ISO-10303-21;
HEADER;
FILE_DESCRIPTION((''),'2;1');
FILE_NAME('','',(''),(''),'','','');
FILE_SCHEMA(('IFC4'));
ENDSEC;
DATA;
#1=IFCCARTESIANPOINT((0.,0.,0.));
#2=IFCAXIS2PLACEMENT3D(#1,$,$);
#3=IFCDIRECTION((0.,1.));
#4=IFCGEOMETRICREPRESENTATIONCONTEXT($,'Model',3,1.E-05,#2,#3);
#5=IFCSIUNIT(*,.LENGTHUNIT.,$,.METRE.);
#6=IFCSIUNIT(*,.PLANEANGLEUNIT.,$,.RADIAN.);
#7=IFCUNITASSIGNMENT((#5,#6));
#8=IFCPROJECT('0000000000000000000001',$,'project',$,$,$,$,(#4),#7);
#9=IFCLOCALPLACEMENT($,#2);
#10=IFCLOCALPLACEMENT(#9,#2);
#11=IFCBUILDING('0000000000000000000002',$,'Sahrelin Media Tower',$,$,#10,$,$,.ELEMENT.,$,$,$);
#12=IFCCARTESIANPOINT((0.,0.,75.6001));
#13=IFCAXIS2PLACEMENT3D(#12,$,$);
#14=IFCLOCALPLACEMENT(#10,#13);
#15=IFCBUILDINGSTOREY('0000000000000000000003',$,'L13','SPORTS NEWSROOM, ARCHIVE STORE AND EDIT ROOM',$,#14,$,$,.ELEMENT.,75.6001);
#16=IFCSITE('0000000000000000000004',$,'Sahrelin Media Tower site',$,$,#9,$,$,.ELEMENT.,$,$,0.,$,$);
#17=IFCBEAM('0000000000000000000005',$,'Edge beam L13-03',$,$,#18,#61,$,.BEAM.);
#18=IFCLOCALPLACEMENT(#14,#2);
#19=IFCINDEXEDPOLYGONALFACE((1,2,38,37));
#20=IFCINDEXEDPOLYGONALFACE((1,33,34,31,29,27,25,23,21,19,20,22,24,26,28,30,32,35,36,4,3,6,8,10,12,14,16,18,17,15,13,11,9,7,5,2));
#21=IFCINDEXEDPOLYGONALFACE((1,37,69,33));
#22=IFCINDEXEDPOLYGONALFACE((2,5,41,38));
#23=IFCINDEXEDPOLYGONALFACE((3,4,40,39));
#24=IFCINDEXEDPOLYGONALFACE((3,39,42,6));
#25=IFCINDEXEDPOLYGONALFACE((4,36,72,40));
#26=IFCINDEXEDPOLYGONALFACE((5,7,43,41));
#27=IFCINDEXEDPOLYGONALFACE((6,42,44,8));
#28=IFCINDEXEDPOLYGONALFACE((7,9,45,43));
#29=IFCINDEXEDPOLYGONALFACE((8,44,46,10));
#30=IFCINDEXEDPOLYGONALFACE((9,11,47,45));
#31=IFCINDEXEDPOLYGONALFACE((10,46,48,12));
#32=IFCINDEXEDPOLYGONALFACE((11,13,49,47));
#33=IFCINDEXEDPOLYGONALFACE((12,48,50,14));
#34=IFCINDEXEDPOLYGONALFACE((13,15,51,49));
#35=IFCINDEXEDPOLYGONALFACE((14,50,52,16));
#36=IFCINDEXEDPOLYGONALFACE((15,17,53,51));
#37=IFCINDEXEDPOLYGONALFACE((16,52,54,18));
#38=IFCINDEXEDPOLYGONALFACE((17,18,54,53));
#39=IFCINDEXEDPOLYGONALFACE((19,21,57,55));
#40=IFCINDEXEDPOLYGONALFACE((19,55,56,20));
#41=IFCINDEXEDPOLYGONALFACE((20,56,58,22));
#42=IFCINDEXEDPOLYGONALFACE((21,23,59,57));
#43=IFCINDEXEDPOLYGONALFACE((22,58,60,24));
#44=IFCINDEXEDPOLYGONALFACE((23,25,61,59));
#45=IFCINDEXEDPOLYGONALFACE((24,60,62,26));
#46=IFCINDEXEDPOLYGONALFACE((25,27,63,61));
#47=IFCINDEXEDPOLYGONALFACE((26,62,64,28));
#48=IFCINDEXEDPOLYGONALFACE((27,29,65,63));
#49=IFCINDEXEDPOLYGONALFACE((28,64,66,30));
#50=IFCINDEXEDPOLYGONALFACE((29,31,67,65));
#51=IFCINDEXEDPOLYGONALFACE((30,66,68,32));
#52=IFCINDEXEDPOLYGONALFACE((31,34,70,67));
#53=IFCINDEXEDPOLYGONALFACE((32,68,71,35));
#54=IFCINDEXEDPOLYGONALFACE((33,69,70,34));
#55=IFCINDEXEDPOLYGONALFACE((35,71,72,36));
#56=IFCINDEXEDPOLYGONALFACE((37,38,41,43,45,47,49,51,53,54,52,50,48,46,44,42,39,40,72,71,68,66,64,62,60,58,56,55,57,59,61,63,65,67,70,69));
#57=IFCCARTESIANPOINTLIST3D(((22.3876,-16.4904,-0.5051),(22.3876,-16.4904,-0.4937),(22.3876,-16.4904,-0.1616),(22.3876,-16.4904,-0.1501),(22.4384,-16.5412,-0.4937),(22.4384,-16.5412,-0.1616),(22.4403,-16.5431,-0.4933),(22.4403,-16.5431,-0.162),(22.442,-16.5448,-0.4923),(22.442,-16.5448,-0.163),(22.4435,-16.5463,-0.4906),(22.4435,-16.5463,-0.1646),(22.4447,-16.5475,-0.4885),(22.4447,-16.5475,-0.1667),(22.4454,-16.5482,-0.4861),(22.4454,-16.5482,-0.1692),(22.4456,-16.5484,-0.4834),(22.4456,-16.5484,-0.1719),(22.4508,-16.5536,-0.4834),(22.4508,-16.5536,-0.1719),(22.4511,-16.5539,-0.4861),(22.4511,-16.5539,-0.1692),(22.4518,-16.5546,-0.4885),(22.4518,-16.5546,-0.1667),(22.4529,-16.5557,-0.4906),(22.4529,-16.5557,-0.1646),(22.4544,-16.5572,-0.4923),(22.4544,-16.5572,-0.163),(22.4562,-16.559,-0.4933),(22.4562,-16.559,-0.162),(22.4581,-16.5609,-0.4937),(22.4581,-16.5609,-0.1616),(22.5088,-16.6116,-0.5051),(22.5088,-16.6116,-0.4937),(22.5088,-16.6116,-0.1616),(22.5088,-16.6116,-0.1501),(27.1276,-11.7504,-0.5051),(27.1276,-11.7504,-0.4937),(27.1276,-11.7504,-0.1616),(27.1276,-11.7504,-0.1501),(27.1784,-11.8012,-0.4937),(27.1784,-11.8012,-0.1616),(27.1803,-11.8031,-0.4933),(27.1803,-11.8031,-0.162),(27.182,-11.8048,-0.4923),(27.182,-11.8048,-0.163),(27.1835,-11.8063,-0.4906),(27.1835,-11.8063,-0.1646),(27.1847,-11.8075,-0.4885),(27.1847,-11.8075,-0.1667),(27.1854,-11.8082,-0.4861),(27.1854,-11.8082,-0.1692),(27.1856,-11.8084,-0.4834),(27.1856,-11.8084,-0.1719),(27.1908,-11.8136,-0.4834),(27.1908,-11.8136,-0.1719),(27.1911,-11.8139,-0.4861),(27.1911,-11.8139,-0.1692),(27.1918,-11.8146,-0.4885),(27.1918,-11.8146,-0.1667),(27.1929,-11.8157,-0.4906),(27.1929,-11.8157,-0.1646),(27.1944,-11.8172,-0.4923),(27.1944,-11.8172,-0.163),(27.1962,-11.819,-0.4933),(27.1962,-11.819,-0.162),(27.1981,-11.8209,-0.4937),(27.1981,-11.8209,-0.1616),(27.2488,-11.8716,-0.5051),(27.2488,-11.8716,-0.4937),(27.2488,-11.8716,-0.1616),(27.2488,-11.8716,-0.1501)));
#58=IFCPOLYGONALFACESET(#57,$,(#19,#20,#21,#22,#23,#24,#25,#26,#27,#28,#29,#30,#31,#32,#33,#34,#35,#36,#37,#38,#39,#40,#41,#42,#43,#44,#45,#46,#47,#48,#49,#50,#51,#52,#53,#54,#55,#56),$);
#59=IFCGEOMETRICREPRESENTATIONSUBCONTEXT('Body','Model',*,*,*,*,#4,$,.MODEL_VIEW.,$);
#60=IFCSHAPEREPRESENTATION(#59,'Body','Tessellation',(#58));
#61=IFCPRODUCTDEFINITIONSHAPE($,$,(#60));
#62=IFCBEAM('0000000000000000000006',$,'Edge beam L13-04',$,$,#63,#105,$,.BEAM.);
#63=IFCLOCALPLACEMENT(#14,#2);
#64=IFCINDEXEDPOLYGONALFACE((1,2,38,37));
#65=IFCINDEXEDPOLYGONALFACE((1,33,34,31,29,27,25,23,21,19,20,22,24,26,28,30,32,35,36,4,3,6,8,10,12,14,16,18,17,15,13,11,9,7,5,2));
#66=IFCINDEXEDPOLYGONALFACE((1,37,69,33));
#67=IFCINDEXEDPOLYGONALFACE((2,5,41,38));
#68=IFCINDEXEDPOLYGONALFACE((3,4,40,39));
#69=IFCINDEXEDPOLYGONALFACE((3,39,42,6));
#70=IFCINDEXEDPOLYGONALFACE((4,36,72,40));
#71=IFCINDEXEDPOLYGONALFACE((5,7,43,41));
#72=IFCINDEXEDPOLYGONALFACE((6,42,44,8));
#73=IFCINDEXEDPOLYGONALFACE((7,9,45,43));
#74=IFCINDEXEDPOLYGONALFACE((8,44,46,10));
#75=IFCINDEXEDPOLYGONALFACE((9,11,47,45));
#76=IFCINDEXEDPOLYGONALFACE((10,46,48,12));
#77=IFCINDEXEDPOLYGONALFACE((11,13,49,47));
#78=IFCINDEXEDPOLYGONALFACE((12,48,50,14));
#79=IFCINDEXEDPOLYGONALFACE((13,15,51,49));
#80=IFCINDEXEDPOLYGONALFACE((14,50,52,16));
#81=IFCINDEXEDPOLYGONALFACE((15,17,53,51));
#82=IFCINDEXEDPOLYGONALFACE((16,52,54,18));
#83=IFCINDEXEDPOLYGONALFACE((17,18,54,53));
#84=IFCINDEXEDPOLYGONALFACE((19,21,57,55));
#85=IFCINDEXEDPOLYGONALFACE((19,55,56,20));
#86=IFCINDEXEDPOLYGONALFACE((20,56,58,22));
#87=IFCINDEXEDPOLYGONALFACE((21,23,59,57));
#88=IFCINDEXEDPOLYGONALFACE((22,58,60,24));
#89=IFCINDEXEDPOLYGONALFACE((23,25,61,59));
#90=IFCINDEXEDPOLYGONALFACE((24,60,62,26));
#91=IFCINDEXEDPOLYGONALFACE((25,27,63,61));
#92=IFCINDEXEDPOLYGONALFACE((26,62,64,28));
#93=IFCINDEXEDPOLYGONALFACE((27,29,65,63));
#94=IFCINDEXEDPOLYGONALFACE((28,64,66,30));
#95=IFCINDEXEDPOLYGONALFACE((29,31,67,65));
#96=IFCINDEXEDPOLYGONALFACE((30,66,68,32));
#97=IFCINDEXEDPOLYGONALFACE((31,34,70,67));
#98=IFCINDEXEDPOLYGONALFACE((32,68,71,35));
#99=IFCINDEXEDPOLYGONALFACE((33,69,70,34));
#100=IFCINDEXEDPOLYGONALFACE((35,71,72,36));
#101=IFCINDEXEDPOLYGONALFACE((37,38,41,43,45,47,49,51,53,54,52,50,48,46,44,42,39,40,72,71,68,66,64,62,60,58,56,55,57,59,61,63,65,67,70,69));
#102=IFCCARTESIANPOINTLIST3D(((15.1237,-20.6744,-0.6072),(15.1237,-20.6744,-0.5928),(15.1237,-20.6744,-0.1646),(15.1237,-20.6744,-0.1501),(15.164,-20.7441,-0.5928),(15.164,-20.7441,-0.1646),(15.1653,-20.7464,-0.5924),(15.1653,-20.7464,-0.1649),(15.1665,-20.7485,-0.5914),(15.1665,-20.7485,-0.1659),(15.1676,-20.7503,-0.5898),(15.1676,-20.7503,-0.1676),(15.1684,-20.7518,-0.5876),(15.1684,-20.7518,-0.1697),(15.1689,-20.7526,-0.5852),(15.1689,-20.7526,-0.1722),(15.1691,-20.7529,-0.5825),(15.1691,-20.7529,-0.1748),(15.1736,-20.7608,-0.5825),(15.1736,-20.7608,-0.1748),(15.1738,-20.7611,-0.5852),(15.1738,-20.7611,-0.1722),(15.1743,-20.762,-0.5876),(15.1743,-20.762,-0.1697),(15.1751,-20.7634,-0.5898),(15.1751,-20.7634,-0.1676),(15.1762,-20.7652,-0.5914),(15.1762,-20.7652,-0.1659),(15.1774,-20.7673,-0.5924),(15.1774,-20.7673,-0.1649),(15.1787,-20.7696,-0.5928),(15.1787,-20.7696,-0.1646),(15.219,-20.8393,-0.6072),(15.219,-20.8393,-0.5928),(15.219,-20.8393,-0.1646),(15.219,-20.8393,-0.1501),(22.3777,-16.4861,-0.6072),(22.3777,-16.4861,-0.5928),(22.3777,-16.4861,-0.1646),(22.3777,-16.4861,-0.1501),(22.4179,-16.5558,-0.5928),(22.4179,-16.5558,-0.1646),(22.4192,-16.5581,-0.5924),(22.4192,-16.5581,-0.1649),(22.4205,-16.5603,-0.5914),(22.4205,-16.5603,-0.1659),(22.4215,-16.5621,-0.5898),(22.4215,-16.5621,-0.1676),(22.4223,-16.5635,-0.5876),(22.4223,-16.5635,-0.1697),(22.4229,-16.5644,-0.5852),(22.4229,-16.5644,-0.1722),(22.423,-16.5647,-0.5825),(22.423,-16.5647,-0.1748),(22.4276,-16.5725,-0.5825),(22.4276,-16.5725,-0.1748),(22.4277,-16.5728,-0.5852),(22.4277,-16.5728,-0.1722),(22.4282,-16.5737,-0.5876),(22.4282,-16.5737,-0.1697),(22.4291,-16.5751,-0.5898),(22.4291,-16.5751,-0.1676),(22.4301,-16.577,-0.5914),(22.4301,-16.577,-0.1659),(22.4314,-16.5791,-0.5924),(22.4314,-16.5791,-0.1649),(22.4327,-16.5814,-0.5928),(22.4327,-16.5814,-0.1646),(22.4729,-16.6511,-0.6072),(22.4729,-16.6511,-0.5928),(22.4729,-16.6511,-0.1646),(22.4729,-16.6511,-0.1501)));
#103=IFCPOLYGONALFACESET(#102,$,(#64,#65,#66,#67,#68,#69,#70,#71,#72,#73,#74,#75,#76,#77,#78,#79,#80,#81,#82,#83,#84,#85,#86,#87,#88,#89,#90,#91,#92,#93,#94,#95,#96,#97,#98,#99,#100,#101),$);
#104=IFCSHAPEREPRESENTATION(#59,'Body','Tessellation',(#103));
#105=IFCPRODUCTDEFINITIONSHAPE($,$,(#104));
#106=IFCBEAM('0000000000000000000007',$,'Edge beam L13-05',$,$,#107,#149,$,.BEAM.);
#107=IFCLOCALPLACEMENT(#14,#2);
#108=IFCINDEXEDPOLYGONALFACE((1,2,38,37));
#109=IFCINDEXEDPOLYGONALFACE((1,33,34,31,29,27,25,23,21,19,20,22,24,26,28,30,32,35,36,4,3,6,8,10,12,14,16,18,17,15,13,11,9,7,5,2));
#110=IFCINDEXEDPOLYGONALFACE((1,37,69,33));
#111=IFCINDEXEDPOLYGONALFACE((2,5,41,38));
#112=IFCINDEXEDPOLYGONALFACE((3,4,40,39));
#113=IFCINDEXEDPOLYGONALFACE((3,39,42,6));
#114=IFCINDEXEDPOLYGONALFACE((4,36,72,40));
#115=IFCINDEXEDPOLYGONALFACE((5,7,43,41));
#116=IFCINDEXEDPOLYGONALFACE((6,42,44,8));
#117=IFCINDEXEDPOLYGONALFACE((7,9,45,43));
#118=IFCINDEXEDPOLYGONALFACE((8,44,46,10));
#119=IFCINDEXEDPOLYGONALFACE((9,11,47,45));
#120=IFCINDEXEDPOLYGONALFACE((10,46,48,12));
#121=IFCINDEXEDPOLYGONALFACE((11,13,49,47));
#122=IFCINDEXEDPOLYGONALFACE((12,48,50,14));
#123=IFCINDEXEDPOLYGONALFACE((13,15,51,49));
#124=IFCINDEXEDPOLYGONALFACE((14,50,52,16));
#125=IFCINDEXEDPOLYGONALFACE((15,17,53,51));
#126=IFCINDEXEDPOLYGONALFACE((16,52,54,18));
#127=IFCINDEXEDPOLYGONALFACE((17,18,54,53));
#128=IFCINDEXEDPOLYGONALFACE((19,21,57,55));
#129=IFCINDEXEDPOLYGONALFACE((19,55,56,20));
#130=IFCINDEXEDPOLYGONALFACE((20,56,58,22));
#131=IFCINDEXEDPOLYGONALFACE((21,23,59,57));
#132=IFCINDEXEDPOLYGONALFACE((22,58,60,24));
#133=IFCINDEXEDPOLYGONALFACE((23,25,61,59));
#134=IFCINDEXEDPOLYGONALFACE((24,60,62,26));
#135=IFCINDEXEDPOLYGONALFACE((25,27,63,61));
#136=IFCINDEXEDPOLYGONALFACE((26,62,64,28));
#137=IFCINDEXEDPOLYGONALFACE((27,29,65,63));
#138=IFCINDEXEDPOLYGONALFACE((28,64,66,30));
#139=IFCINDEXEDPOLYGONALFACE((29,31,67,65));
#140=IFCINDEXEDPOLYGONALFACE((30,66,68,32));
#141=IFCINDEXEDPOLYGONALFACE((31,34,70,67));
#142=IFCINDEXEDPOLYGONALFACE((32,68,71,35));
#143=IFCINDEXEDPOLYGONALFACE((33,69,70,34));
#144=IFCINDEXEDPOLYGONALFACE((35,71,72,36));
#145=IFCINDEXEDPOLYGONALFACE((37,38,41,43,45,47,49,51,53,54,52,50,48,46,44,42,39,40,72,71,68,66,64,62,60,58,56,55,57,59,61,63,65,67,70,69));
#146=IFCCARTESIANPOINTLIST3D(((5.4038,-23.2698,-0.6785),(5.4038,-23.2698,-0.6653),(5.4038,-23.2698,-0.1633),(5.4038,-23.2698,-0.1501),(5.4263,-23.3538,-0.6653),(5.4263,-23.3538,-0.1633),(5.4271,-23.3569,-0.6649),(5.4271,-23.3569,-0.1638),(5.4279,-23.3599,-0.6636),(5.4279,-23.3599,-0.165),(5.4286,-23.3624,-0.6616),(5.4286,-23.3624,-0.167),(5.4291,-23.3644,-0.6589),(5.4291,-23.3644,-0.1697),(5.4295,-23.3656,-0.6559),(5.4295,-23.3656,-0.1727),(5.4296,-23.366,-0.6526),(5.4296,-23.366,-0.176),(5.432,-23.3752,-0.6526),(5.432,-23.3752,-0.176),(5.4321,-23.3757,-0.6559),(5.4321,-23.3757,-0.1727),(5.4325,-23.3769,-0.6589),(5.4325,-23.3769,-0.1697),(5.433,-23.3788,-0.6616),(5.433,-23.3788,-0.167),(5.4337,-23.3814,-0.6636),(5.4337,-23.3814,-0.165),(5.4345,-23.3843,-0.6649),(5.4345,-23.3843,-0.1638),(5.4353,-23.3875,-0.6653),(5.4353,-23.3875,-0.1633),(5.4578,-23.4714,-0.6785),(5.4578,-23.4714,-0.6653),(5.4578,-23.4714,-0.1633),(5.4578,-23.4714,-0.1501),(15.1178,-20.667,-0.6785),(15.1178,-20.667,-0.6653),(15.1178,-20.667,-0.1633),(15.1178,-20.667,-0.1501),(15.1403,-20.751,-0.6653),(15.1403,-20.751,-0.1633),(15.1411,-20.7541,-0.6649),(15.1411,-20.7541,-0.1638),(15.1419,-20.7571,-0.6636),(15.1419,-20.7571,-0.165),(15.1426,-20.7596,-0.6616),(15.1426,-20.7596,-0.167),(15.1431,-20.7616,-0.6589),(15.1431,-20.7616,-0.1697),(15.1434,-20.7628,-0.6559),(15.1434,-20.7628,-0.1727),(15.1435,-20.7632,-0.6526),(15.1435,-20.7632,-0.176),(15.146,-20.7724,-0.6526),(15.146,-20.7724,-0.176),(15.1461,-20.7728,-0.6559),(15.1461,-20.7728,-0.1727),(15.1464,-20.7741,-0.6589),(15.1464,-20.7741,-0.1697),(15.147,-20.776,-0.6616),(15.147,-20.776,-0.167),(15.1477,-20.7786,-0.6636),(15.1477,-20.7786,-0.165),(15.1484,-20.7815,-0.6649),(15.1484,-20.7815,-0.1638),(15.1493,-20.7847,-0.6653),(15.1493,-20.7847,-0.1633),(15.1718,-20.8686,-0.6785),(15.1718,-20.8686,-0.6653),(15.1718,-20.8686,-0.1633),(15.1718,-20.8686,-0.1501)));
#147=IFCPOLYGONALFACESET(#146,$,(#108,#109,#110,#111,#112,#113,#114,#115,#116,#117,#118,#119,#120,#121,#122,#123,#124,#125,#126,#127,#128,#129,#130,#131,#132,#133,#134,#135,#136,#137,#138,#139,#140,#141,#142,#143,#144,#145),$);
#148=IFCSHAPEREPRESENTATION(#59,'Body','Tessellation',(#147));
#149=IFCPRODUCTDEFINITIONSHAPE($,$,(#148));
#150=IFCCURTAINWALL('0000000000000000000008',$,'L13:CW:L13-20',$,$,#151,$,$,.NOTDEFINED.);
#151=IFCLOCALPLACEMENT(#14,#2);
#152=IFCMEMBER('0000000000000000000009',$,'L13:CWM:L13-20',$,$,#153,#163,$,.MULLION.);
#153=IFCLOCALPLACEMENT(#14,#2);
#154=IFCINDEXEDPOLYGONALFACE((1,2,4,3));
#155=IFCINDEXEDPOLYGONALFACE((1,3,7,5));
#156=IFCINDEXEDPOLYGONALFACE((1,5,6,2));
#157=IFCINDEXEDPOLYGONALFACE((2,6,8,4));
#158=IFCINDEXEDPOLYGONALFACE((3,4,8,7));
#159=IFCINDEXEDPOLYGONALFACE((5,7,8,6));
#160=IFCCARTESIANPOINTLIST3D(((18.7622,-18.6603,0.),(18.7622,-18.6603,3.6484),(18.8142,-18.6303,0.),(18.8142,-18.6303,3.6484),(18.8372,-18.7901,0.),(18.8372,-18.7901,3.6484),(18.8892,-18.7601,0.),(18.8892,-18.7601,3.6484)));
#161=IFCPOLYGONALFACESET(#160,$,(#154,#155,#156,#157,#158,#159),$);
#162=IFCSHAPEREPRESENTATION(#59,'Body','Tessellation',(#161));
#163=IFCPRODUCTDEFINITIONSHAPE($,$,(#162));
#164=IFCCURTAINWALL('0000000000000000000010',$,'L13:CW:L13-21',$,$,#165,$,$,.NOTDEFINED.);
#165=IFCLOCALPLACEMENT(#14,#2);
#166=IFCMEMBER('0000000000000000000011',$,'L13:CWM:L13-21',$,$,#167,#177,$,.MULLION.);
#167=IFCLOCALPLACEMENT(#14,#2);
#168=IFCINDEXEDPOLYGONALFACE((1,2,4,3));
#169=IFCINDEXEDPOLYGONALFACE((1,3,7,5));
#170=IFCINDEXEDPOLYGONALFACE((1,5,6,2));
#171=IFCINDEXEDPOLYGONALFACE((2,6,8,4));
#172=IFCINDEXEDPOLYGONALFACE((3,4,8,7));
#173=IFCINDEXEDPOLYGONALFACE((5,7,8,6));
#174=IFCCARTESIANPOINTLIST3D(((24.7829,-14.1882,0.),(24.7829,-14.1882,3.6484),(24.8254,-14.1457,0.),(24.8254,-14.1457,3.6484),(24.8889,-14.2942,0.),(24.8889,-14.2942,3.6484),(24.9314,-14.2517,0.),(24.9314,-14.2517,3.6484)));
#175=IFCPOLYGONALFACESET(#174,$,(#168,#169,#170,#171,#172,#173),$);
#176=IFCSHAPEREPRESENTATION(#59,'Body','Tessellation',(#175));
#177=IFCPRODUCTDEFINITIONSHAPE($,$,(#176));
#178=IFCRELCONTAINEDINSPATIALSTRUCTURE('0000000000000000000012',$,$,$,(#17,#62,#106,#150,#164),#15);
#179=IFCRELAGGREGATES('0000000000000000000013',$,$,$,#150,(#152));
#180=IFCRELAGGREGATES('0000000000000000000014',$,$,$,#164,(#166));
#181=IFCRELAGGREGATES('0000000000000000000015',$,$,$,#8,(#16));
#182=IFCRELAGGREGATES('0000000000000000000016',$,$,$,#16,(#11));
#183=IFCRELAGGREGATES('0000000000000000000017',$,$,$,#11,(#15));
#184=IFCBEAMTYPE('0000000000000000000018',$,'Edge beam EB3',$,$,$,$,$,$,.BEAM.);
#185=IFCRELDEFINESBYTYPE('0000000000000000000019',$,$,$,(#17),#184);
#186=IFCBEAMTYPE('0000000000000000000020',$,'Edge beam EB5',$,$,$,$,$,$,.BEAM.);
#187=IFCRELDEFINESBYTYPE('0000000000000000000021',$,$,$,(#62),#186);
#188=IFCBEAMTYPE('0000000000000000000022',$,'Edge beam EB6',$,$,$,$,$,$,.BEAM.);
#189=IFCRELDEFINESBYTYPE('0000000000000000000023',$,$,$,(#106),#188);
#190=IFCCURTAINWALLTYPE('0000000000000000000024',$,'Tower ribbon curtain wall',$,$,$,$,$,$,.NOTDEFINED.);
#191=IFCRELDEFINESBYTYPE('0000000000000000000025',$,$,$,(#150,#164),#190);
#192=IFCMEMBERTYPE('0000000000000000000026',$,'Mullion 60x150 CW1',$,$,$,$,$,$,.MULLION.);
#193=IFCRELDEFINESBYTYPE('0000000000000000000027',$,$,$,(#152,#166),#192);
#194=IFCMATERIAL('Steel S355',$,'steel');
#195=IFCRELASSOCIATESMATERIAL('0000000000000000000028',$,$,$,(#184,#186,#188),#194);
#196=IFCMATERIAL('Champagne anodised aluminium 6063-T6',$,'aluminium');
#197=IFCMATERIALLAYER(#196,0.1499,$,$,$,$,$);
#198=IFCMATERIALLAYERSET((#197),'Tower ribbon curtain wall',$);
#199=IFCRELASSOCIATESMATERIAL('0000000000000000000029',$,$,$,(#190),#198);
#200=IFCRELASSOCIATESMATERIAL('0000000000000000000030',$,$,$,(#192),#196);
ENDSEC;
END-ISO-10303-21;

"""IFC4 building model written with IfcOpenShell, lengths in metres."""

from ifc_helpers import new_model, si_unit, direction, frame, origin, origin_2d, place, context, subcontext, project, spatial, rectangle, i_section, extrude, material, layer, layer_set, material_profile, profile_set, type_object, element, aggregate, save


model = new_model("IFC4")

# Units and contexts
model_context = context("Model", 3, precision=1e-05, world=origin(), true_north=direction((0.0, 1.0)))
body_context = subcontext(model_context, "Body", "Model", "MODEL_VIEW")
ifc_project = project(units=[si_unit("LENGTHUNIT", "METRE"), si_unit("PLANEANGLEUNIT", "RADIAN")], contexts=[model_context])

# Site, building, storey
site_placement = place(None, origin())
site = spatial("IfcSite", under=ifc_project, at=site_placement, Name="Sahrelin Media Tower site", CompositionType="ELEMENT", RefElevation=0.0)
building_placement = place(site_placement, origin())
building = spatial("IfcBuilding", under=site, at=building_placement, Name="Sahrelin Media Tower", CompositionType="ELEMENT")
storey_placement = place(building_placement, frame((0.0, 0.0, 75.6001)))
storey = spatial("IfcBuildingStorey", under=building, at=storey_placement, Name="L13", Description="SPORTS NEWSROOM, ARCHIVE STORE AND EDIT ROOM", CompositionType="ELEMENT", Elevation=75.6001)

# Beams
ifc_material_1 = material(Name="Steel S355", Category="steel")
ifc_material_profile_1 = material_profile(ifc_material_1, i_section(OverallWidth=0.1714, OverallDepth=0.355, WebThickness=0.0073, FlangeThickness=0.0115, FilletRadius=0.0103, at=origin_2d()), Name="UB 356x171x51")
ifc_profile_set_1 = profile_set([ifc_material_profile_1], Name="Steel S355")
beam_type_1 = type_object("IfcBeamType", Name="Edge beam EB3", PredefinedType="BEAM", material=ifc_profile_set_1)
beam_1_placement = place(storey_placement, frame((27.1882, -11.811, -0.3276), z_axis=(-0.707107, -0.707107, 0.0), x_axis=(0.707107, -0.707107, 0.0)))
element("IfcBeam", 1, at=beam_1_placement, inside=storey, type_object=beam_type_1, Name="Edge beam L13-03", PredefinedType="BEAM", context=body_context, shape_type="SweptSolid", body=[
    extrude(i_section(OverallWidth=0.1714, OverallDepth=0.355, WebThickness=0.0073, FlangeThickness=0.0115, FilletRadius=0.0103, at=origin_2d()), origin(), (0.0, 0.0, 1.0), 6.7034),
])
ifc_material_profile_2 = material_profile(ifc_material_1, i_section(OverallWidth=0.1904, OverallDepth=0.457, WebThickness=0.009, FlangeThickness=0.0144, FilletRadius=0.0103, at=origin_2d()), Name="UB 457x191x74")
ifc_profile_set_2 = profile_set([ifc_material_profile_2], Name="Steel S355")
beam_type_2 = type_object("IfcBeamType", Name="Edge beam EB5", PredefinedType="BEAM", material=ifc_profile_set_2)
beam_2_placement = place(storey_placement, frame((22.4253, -16.5686, -0.3787), z_axis=(-0.866016, -0.500017, 0.0), x_axis=(0.500017, -0.866016, 0.0)))
element("IfcBeam", 2, at=beam_2_placement, inside=storey, type_object=beam_type_2, Name="Edge beam L13-04", PredefinedType="BEAM", context=body_context, shape_type="SweptSolid", body=[
    extrude(i_section(OverallWidth=0.1904, OverallDepth=0.457, WebThickness=0.009, FlangeThickness=0.0144, FilletRadius=0.0103, at=origin_2d()), origin(), (0.0, 0.0, 1.0), 8.3762),
])
ifc_material_profile_3 = material_profile(ifc_material_1, i_section(OverallWidth=0.2087, OverallDepth=0.5283, WebThickness=0.0095, FlangeThickness=0.0132, FilletRadius=0.0127, at=origin_2d()), Name="UB 533x210x82")
ifc_profile_set_3 = profile_set([ifc_material_profile_3], Name="Steel S355")
beam_type_3 = type_object("IfcBeamType", Name="Edge beam EB6", PredefinedType="BEAM", material=ifc_profile_set_3)
beam_3_placement = place(storey_placement, frame((15.1448, -20.7678, -0.4143), z_axis=(-0.965927, -0.258815, 0.0), x_axis=(0.258815, -0.965927, 0.0)))
element("IfcBeam", 3, at=beam_3_placement, inside=storey, type_object=beam_type_3, Name="Edge beam L13-05", PredefinedType="BEAM", context=body_context, shape_type="SweptSolid", body=[
    extrude(i_section(OverallWidth=0.2087, OverallDepth=0.5283, WebThickness=0.0095, FlangeThickness=0.0132, FilletRadius=0.0127, at=origin_2d()), origin(), (0.0, 0.0, 1.0), 10.0566),
])

# Curtain walls, members
ifc_material_2 = material(Name="Champagne anodised aluminium 6063-T6", Category="aluminium")
ifc_layer_1 = layer(ifc_material_2, 0.1499)
ifc_layer_set_1 = layer_set([ifc_layer_1], Name="Tower ribbon curtain wall")
curtain_wall_type = type_object("IfcCurtainWallType", Name="Tower ribbon curtain wall", PredefinedType="NOTDEFINED", material=ifc_layer_set_1)
curtain_wall_1_placement = place(storey_placement, frame((18.8733, -18.7925, 0.0), z_axis=(0.0, 0.0, 1.0), x_axis=(1.0, 0.0, 0.0)))
curtain_wall_1 = element("IfcCurtainWall", 4, at=curtain_wall_1_placement, inside=storey, type_object=curtain_wall_type, Name="L13:CW:L13-20", PredefinedType="NOTDEFINED")
ifc_material_profile_4 = material_profile(ifc_material_2, rectangle(XDim=0.0601, YDim=0.1499, at=origin_2d()), Name="Mullion 60x150")
ifc_profile_set_4 = profile_set([ifc_material_profile_4], Name="Champagne anodised aluminium 6063-T6")
member_type_1 = type_object("IfcMemberType", Name="Mullion 60x150 CW1", PredefinedType="MULLION", material=ifc_profile_set_4)
member_1_placement = place(storey_placement, frame((18.8257, -18.7102, 0.0), z_axis=(0.0, 0.0, 1.0), x_axis=(0.866023, 0.500005, 0.0)))
member_1 = element("IfcMember", 5, at=member_1_placement, type_object=member_type_1, Name="L13:CWM:L13-20", PredefinedType="MULLION", context=body_context, shape_type="SweptSolid", body=[
    extrude(rectangle(XDim=0.0601, YDim=0.1499, at=origin_2d()), origin(), (0.0, 0.0, 1.0), 3.6484),
])
curtain_wall_2_placement = place(storey_placement, frame((24.9243, -14.2871, 0.0), z_axis=(0.0, 0.0, 1.0), x_axis=(1.0, 0.0, 0.0)))
curtain_wall_2 = element("IfcCurtainWall", 6, at=curtain_wall_2_placement, inside=storey, type_object=curtain_wall_type, Name="L13:CW:L13-21", PredefinedType="NOTDEFINED")
member_2_placement = place(storey_placement, frame((24.8572, -14.22, 0.0), z_axis=(0.0, 0.0, 1.0), x_axis=(0.707107, 0.707107, 0.0)))
member_2 = element("IfcMember", 7, at=member_2_placement, type_object=member_type_1, Name="L13:CWM:L13-21", PredefinedType="MULLION", context=body_context, shape_type="SweptSolid", body=[
    extrude(rectangle(XDim=0.0601, YDim=0.1499, at=origin_2d()), origin(), (0.0, 0.0, 1.0), 3.6484),
])

aggregate(curtain_wall_1, [member_1])
aggregate(curtain_wall_2, [member_2])

save(model, "model.ifc")
